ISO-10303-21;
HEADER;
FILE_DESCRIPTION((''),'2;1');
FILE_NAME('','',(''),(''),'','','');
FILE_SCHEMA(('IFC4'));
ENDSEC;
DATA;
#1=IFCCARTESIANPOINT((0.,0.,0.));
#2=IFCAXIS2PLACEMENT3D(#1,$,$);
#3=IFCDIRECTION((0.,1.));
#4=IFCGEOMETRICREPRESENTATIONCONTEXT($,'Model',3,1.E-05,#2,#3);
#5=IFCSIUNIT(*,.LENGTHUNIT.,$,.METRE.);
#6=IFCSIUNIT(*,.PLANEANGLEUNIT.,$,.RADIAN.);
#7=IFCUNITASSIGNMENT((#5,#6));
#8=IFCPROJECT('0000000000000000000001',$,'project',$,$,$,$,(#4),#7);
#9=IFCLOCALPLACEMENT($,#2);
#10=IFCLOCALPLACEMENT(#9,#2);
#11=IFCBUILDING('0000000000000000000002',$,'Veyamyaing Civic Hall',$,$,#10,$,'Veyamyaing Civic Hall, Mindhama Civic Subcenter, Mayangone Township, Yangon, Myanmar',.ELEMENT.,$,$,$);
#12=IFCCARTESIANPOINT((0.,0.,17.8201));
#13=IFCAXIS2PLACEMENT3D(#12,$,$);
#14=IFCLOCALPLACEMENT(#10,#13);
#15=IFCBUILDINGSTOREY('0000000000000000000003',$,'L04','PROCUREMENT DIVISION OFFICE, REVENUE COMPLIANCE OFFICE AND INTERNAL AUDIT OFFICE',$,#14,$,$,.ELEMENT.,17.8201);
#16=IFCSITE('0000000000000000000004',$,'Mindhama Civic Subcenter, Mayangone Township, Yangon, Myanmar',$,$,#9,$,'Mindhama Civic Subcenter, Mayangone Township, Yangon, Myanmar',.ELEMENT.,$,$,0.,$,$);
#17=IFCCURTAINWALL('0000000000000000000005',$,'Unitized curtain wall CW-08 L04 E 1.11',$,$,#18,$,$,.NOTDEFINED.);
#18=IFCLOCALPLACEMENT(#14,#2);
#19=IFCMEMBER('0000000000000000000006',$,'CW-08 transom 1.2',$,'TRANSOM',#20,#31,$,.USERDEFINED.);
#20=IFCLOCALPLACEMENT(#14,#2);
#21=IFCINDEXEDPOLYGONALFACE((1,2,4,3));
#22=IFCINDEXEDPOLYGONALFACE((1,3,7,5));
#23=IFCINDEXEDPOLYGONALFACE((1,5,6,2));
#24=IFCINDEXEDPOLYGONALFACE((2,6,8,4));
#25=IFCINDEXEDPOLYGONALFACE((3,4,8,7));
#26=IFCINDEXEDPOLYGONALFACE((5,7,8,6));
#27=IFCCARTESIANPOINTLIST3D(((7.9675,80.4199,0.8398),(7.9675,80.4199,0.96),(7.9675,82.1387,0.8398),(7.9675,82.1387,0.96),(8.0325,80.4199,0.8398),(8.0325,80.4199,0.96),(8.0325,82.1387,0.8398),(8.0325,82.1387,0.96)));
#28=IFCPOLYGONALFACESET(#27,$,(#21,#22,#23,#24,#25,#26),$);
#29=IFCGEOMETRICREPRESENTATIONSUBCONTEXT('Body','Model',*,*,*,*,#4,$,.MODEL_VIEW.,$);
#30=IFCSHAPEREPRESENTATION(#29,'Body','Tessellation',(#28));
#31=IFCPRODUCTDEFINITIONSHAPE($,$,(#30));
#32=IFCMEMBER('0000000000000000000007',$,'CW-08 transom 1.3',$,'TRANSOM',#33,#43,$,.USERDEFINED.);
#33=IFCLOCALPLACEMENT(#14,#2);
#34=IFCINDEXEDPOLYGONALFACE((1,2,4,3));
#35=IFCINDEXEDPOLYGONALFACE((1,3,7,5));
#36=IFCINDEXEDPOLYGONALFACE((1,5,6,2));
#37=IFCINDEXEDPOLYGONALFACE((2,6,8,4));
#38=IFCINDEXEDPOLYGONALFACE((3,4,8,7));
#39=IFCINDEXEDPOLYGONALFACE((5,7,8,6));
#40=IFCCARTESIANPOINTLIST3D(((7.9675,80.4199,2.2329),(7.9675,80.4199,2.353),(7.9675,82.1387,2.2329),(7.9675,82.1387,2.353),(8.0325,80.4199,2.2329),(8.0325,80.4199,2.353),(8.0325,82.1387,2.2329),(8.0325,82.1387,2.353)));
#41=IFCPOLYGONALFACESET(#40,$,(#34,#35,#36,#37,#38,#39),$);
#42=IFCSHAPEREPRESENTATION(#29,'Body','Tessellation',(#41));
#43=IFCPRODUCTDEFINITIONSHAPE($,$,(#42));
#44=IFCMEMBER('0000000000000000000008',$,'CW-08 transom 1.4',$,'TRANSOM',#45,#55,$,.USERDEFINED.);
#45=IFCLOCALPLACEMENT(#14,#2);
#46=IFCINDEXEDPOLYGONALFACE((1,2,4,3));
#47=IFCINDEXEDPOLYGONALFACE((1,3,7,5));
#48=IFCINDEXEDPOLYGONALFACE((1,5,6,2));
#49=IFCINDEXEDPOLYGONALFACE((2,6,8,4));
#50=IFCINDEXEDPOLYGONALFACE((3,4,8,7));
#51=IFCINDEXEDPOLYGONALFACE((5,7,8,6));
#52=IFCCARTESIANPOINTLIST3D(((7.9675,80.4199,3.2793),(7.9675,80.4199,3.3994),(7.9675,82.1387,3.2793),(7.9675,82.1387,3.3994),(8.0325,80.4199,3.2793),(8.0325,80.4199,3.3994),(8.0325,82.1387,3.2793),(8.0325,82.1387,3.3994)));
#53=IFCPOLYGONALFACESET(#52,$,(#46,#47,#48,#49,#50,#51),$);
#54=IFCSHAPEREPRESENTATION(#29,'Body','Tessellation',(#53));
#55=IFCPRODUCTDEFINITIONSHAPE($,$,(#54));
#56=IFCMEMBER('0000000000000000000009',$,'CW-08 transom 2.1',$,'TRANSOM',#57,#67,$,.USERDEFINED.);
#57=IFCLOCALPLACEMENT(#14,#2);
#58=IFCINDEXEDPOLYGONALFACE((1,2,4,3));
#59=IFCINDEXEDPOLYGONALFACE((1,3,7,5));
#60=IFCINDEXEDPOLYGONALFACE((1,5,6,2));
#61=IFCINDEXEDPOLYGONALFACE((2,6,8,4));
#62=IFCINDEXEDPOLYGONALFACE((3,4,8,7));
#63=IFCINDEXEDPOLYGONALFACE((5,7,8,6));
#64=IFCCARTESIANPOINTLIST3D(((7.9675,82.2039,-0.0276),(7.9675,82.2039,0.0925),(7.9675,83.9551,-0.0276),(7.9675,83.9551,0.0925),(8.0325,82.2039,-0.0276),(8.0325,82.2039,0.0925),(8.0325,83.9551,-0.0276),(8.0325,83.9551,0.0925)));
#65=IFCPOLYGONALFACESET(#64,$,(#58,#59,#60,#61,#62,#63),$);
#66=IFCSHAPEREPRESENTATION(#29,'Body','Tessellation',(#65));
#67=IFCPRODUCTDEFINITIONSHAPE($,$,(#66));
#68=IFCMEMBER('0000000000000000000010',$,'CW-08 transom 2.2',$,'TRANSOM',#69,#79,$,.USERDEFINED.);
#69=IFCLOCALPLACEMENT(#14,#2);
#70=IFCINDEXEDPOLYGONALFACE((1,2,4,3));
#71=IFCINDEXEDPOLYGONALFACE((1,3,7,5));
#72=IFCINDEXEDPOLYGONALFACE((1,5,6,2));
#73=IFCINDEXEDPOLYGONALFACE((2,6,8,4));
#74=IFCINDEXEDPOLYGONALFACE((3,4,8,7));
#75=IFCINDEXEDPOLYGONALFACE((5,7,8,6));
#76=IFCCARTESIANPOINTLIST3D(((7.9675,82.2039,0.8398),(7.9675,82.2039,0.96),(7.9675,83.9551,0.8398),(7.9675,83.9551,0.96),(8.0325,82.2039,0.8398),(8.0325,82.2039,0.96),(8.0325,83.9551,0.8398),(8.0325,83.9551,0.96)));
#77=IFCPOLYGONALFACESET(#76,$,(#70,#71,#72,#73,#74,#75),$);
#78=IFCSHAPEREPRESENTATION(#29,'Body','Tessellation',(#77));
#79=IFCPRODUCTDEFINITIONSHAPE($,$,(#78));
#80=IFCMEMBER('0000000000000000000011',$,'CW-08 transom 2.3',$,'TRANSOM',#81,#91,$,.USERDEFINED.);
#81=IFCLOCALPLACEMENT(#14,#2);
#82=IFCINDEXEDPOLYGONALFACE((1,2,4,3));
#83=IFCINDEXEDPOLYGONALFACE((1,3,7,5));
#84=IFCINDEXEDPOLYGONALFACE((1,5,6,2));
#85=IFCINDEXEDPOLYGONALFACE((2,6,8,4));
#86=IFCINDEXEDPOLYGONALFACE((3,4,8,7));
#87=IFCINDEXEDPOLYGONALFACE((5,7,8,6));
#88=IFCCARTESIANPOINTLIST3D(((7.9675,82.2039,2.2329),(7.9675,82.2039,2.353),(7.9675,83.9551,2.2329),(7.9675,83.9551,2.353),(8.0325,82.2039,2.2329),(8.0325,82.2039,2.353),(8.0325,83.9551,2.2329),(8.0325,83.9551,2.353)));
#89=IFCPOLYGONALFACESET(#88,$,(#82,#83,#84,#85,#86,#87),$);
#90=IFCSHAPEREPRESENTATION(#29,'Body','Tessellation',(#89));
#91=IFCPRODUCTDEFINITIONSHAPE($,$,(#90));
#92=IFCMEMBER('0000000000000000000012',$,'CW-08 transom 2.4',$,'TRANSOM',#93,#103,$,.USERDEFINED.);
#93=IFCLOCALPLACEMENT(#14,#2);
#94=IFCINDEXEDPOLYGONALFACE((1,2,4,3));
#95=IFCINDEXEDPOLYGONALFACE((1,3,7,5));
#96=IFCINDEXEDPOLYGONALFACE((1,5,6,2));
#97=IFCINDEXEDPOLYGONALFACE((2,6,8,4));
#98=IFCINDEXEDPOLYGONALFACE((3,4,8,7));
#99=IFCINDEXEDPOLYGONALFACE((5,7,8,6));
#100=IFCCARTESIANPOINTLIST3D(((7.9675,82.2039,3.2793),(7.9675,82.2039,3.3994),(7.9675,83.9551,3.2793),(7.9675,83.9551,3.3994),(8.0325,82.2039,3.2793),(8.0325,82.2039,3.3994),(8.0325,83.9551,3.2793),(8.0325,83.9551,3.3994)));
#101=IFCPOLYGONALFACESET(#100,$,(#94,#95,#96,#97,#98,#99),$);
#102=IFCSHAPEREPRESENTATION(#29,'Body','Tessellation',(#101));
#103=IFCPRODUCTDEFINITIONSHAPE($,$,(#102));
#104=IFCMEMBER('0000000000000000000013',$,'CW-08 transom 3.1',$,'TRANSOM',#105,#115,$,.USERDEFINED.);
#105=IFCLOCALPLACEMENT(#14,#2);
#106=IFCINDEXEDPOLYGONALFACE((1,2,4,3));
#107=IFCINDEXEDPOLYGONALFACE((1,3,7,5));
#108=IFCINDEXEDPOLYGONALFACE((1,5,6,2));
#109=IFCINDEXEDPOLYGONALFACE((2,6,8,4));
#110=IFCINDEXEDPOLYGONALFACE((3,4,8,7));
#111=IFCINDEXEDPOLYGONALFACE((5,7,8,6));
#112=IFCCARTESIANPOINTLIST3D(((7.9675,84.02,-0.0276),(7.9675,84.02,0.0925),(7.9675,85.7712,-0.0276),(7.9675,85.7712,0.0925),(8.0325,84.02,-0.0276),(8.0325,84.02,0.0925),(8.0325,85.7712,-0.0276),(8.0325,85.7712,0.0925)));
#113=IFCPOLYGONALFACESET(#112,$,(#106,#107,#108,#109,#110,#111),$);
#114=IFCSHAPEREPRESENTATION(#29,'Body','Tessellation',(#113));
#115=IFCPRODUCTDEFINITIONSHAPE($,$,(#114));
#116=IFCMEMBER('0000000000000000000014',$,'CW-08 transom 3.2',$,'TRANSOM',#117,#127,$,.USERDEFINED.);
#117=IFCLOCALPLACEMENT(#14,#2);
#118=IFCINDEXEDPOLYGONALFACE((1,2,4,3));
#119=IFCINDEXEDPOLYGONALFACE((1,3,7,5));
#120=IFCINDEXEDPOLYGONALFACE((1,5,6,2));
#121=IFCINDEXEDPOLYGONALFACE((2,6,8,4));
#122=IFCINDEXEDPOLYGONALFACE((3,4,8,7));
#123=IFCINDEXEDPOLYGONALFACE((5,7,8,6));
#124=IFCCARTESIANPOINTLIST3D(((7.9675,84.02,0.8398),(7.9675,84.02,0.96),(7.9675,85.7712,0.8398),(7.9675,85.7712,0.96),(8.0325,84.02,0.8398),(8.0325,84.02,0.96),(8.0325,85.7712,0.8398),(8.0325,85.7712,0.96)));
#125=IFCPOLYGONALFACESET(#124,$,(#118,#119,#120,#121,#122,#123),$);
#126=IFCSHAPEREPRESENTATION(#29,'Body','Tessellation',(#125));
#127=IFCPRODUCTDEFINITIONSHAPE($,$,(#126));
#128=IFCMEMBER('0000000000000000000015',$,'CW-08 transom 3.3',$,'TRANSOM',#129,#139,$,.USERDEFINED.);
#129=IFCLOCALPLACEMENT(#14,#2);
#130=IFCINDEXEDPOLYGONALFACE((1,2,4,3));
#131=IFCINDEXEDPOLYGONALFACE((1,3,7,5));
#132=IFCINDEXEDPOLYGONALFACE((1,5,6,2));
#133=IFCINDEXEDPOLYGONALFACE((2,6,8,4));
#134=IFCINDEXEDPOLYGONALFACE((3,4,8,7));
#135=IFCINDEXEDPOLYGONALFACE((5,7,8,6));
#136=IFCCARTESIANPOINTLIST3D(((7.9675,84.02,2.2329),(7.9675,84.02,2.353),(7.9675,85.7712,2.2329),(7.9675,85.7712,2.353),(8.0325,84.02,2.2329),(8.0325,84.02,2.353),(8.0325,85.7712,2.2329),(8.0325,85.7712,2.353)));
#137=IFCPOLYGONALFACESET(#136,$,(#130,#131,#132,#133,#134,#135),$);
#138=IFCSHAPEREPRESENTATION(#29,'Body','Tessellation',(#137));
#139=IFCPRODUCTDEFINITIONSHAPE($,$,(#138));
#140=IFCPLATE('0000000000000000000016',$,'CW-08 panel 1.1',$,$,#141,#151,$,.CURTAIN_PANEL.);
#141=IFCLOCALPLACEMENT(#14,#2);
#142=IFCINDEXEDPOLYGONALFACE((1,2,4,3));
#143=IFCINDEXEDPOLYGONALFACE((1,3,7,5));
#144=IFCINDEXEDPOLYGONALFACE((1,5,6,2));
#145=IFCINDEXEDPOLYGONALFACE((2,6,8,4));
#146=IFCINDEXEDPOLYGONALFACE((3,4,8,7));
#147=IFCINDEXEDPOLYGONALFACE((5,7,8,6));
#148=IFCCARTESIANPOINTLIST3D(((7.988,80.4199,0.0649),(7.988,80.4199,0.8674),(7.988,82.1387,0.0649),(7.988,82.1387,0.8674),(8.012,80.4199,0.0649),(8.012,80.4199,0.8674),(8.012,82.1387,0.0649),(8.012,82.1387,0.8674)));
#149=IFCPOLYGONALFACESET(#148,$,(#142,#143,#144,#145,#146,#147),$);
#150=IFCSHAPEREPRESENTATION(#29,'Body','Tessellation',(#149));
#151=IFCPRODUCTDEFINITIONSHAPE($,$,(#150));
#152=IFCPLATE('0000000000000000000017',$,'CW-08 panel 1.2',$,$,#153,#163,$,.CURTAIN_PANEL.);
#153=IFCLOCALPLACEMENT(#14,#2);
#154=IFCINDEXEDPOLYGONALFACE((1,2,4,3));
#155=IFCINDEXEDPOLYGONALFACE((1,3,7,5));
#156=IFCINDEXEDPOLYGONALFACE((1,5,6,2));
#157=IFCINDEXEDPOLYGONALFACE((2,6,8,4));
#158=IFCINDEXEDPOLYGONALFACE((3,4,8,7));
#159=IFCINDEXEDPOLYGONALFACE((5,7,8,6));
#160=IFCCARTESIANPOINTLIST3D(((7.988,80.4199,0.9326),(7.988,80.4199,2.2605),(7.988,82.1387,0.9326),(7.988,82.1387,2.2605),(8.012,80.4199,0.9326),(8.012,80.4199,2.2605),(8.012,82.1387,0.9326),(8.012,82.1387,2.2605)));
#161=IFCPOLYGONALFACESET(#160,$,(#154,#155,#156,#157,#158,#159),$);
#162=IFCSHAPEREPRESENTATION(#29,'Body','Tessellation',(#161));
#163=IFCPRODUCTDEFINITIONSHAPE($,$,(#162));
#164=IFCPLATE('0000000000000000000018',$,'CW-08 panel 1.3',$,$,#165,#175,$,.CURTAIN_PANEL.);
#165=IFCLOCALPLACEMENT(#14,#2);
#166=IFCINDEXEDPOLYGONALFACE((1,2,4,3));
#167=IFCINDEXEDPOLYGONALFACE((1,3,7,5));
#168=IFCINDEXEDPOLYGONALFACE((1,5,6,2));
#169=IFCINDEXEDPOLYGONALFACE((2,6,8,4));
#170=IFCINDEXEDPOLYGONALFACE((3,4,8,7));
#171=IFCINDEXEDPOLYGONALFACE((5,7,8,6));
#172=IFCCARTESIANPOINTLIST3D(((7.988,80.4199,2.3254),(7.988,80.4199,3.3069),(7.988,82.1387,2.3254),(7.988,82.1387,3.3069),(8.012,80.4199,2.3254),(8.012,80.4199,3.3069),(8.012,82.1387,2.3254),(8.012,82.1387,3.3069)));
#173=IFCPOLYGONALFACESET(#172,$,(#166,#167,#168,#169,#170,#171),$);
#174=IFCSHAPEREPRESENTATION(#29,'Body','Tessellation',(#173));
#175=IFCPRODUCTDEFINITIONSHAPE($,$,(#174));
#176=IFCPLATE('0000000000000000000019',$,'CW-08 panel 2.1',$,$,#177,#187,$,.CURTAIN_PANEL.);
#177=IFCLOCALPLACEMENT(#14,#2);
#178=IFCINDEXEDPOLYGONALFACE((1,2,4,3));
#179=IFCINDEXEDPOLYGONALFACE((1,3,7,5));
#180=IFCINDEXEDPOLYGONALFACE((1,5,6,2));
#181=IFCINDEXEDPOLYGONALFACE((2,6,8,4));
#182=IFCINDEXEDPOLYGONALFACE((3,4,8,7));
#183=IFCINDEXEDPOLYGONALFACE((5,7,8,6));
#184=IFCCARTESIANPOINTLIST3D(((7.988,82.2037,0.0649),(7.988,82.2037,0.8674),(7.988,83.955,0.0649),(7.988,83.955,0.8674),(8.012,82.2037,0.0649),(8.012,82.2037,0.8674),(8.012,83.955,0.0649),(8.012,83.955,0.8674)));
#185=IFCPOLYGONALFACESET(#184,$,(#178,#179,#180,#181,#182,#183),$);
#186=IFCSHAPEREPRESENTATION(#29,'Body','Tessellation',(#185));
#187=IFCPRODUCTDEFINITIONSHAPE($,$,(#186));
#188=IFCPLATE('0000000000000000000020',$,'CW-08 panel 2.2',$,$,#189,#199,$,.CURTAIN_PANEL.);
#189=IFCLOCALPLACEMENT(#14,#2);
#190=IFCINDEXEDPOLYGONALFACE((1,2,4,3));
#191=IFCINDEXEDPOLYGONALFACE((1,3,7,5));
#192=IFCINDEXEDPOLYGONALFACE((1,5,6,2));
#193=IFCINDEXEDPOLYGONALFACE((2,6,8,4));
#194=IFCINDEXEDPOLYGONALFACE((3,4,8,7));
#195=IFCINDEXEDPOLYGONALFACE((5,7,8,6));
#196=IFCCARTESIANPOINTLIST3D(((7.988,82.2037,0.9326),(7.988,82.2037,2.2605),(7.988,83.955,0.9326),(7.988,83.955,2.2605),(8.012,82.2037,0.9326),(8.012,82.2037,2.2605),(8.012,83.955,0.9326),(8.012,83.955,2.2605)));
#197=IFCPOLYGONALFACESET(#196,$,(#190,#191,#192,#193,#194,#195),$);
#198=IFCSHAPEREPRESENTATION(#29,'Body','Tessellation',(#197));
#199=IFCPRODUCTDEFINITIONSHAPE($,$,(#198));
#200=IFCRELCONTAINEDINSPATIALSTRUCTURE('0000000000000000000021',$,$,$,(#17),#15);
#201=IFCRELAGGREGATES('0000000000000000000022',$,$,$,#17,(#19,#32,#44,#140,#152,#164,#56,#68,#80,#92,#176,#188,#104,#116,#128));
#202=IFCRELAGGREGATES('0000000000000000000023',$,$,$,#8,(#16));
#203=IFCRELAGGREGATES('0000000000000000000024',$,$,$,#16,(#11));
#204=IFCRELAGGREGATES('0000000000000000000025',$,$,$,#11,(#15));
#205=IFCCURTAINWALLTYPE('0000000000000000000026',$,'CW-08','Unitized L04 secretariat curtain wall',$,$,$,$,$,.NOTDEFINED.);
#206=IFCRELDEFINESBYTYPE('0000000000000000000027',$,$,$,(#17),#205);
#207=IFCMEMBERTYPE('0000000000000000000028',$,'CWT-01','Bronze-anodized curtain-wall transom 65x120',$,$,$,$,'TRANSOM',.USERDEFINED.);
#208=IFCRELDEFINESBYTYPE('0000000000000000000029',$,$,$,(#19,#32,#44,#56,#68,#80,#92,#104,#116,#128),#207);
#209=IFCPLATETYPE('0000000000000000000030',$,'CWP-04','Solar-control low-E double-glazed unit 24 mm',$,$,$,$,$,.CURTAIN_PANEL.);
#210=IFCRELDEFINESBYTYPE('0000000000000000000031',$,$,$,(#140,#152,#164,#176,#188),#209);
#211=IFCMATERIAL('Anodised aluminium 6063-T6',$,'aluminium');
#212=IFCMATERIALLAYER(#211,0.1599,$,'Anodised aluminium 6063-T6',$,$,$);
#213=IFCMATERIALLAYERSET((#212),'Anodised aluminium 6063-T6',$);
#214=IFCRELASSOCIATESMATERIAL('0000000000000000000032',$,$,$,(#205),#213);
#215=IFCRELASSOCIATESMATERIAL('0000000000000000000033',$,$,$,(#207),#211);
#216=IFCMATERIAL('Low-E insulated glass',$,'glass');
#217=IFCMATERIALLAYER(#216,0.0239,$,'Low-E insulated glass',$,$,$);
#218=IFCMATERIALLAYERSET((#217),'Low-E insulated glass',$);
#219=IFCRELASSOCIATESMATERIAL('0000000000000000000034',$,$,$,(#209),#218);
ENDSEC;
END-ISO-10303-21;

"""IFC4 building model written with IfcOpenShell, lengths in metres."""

from ifc_helpers import new_model, si_unit, direction, frame, origin, origin_2d, place, context, subcontext, project, spatial, rectangle, extrude, material, layer, layer_set, material_profile, profile_set, type_object, element, aggregate, save


model = new_model("IFC4")

# Units and contexts
model_context = context("Model", 3, precision=1e-05, world=origin(), true_north=direction((0.0, 1.0)))
body_context = subcontext(model_context, "Body", "Model", "MODEL_VIEW")
ifc_project = project(units=[si_unit("LENGTHUNIT", "METRE"), si_unit("PLANEANGLEUNIT", "RADIAN")], contexts=[model_context])

# Site, building, storey
site_placement = place(None, origin())
site = spatial("IfcSite", under=ifc_project, at=site_placement, Name="Mindhama Civic Subcenter, Mayangone Township, Yangon, Myanmar", LongName="Mindhama Civic Subcenter, Mayangone Township, Yangon, Myanmar", CompositionType="ELEMENT", RefElevation=0.0)
building_placement = place(site_placement, origin())
building = spatial("IfcBuilding", under=site, at=building_placement, Name="Veyamyaing Civic Hall", LongName="Veyamyaing Civic Hall, Mindhama Civic Subcenter, Mayangone Township, Yangon, Myanmar", CompositionType="ELEMENT")
storey_placement = place(building_placement, frame((0.0, 0.0, 17.8201)))
storey = spatial("IfcBuildingStorey", under=building, at=storey_placement, Name="L04", Description="PROCUREMENT DIVISION OFFICE, REVENUE COMPLIANCE OFFICE AND INTERNAL AUDIT OFFICE", CompositionType="ELEMENT", Elevation=17.8201)

# Curtain wall, members, plates
ifc_material_1 = material(Name="Anodised aluminium 6063-T6", Category="aluminium")
ifc_layer_1 = layer(ifc_material_1, 0.1599, Name="Anodised aluminium 6063-T6")
ifc_layer_set_1 = layer_set([ifc_layer_1], Name="Anodised aluminium 6063-T6")
curtain_wall_type = type_object("IfcCurtainWallType", Name="CW-08", Description="Unitized L04 secretariat curtain wall", PredefinedType="NOTDEFINED", material=ifc_layer_set_1)
curtain_wall_placement = place(storey_placement, origin())
curtain_wall = element("IfcCurtainWall", 1, at=curtain_wall_placement, inside=storey, type_object=curtain_wall_type, Name="Unitized curtain wall CW-08 L04 E 1.11", PredefinedType="NOTDEFINED")
ifc_material_profile_1 = material_profile(ifc_material_1, rectangle(XDim=0.0649, YDim=0.1201, at=origin_2d()), Name="ALU-TRN-65X120")
ifc_profile_set_1 = profile_set([ifc_material_profile_1], Name="Anodised aluminium 6063-T6")
member_type_1 = type_object("IfcMemberType", Name="CWT-01", Description="Bronze-anodized curtain-wall transom 65x120", ElementType="TRANSOM", PredefinedType="USERDEFINED", material=ifc_profile_set_1)
member_1_placement = place(storey_placement, frame((8.0, 80.4199, 0.8999), z_axis=(0.0, 1.0, 0.0), x_axis=(-1.0, 0.0, 0.0)))
member_1 = element("IfcMember", 2, at=member_1_placement, type_object=member_type_1, Name="CW-08 transom 1.2", ObjectType="TRANSOM", PredefinedType="USERDEFINED", context=body_context, shape_type="SweptSolid", body=[
    extrude(rectangle(XDim=0.0649, YDim=0.1201, at=origin_2d()), origin(), (0.0, 0.0, 1.0), 1.7188),
])
member_2_placement = place(storey_placement, frame((8.0, 80.4199, 2.293), z_axis=(0.0, 1.0, 0.0), x_axis=(-1.0, 0.0, 0.0)))
member_2 = element("IfcMember", 3, at=member_2_placement, type_object=member_type_1, Name="CW-08 transom 1.3", ObjectType="TRANSOM", PredefinedType="USERDEFINED", context=body_context, shape_type="SweptSolid", body=[
    extrude(rectangle(XDim=0.0649, YDim=0.1201, at=origin_2d()), origin(), (0.0, 0.0, 1.0), 1.7188),
])
member_3_placement = place(storey_placement, frame((8.0, 80.4199, 3.3394), z_axis=(0.0, 1.0, 0.0), x_axis=(-1.0, 0.0, 0.0)))
member_3 = element("IfcMember", 4, at=member_3_placement, type_object=member_type_1, Name="CW-08 transom 1.4", ObjectType="TRANSOM", PredefinedType="USERDEFINED", context=body_context, shape_type="SweptSolid", body=[
    extrude(rectangle(XDim=0.0649, YDim=0.1201, at=origin_2d()), origin(), (0.0, 0.0, 1.0), 1.7188),
])
member_4_placement = place(storey_placement, frame((8.0, 82.2039, 0.0325), z_axis=(0.0, 1.0, 0.0), x_axis=(-1.0, 0.0, 0.0)))
member_4 = element("IfcMember", 5, at=member_4_placement, type_object=member_type_1, Name="CW-08 transom 2.1", ObjectType="TRANSOM", PredefinedType="USERDEFINED", context=body_context, shape_type="SweptSolid", body=[
    extrude(rectangle(XDim=0.0649, YDim=0.1201, at=origin_2d()), origin(), (0.0, 0.0, 1.0), 1.7512),
])
member_5_placement = place(storey_placement, frame((8.0, 82.2039, 0.8999), z_axis=(0.0, 1.0, 0.0), x_axis=(-1.0, 0.0, 0.0)))
member_5 = element("IfcMember", 6, at=member_5_placement, type_object=member_type_1, Name="CW-08 transom 2.2", ObjectType="TRANSOM", PredefinedType="USERDEFINED", context=body_context, shape_type="SweptSolid", body=[
    extrude(rectangle(XDim=0.0649, YDim=0.1201, at=origin_2d()), origin(), (0.0, 0.0, 1.0), 1.7512),
])
member_6_placement = place(storey_placement, frame((8.0, 82.2039, 2.293), z_axis=(0.0, 1.0, 0.0), x_axis=(-1.0, 0.0, 0.0)))
member_6 = element("IfcMember", 7, at=member_6_placement, type_object=member_type_1, Name="CW-08 transom 2.3", ObjectType="TRANSOM", PredefinedType="USERDEFINED", context=body_context, shape_type="SweptSolid", body=[
    extrude(rectangle(XDim=0.0649, YDim=0.1201, at=origin_2d()), origin(), (0.0, 0.0, 1.0), 1.7512),
])
member_7_placement = place(storey_placement, frame((8.0, 82.2039, 3.3394), z_axis=(0.0, 1.0, 0.0), x_axis=(-1.0, 0.0, 0.0)))
member_7 = element("IfcMember", 8, at=member_7_placement, type_object=member_type_1, Name="CW-08 transom 2.4", ObjectType="TRANSOM", PredefinedType="USERDEFINED", context=body_context, shape_type="SweptSolid", body=[
    extrude(rectangle(XDim=0.0649, YDim=0.1201, at=origin_2d()), origin(), (0.0, 0.0, 1.0), 1.7512),
])
member_8_placement = place(storey_placement, frame((8.0, 84.02, 0.0325), z_axis=(0.0, 1.0, 0.0), x_axis=(-1.0, 0.0, 0.0)))
member_8 = element("IfcMember", 9, at=member_8_placement, type_object=member_type_1, Name="CW-08 transom 3.1", ObjectType="TRANSOM", PredefinedType="USERDEFINED", context=body_context, shape_type="SweptSolid", body=[
    extrude(rectangle(XDim=0.0649, YDim=0.1201, at=origin_2d()), origin(), (0.0, 0.0, 1.0), 1.7512),
])
member_9_placement = place(storey_placement, frame((8.0, 84.02, 0.8999), z_axis=(0.0, 1.0, 0.0), x_axis=(-1.0, 0.0, 0.0)))
member_9 = element("IfcMember", 10, at=member_9_placement, type_object=member_type_1, Name="CW-08 transom 3.2", ObjectType="TRANSOM", PredefinedType="USERDEFINED", context=body_context, shape_type="SweptSolid", body=[
    extrude(rectangle(XDim=0.0649, YDim=0.1201, at=origin_2d()), origin(), (0.0, 0.0, 1.0), 1.7512),
])
member_10_placement = place(storey_placement, frame((8.0, 84.02, 2.293), z_axis=(0.0, 1.0, 0.0), x_axis=(-1.0, 0.0, 0.0)))
member_10 = element("IfcMember", 11, at=member_10_placement, type_object=member_type_1, Name="CW-08 transom 3.3", ObjectType="TRANSOM", PredefinedType="USERDEFINED", context=body_context, shape_type="SweptSolid", body=[
    extrude(rectangle(XDim=0.0649, YDim=0.1201, at=origin_2d()), origin(), (0.0, 0.0, 1.0), 1.7512),
])
ifc_material_2 = material(Name="Low-E insulated glass", Category="glass")
ifc_layer_2 = layer(ifc_material_2, 0.0239, Name="Low-E insulated glass")
ifc_layer_set_2 = layer_set([ifc_layer_2], Name="Low-E insulated glass")
plate_type = type_object("IfcPlateType", Name="CWP-04", Description="Solar-control low-E double-glazed unit 24 mm", PredefinedType="CURTAIN_PANEL", material=ifc_layer_set_2)
plate_1_placement = place(storey_placement, frame((8.0, 81.2793, 0.0649), z_axis=(0.0, 0.0, 1.0), x_axis=(0.0, 1.0, 0.0)))
plate_1 = element("IfcPlate", 12, at=plate_1_placement, type_object=plate_type, Name="CW-08 panel 1.1", PredefinedType="CURTAIN_PANEL", context=body_context, shape_type="SweptSolid", body=[
    extrude(rectangle(XDim=1.7188, YDim=0.0239, at=origin_2d()), origin(), (0.0, 0.0, 1.0), 0.8025),
])
plate_2_placement = place(storey_placement, frame((8.0, 81.2793, 0.9326), z_axis=(0.0, 0.0, 1.0), x_axis=(0.0, 1.0, 0.0)))
plate_2 = element("IfcPlate", 13, at=plate_2_placement, type_object=plate_type, Name="CW-08 panel 1.2", PredefinedType="CURTAIN_PANEL", context=body_context, shape_type="SweptSolid", body=[
    extrude(rectangle(XDim=1.7188, YDim=0.0239, at=origin_2d()), origin(), (0.0, 0.0, 1.0), 1.3279),
])
plate_3_placement = place(storey_placement, frame((8.0, 81.2793, 2.3254), z_axis=(0.0, 0.0, 1.0), x_axis=(0.0, 1.0, 0.0)))
plate_3 = element("IfcPlate", 14, at=plate_3_placement, type_object=plate_type, Name="CW-08 panel 1.3", PredefinedType="CURTAIN_PANEL", context=body_context, shape_type="SweptSolid", body=[
    extrude(rectangle(XDim=1.7188, YDim=0.0239, at=origin_2d()), origin(), (0.0, 0.0, 1.0), 0.9814),
])
plate_4_placement = place(storey_placement, frame((8.0, 83.0793, 0.0649), z_axis=(0.0, 0.0, 1.0), x_axis=(0.0, 1.0, 0.0)))
plate_4 = element("IfcPlate", 15, at=plate_4_placement, type_object=plate_type, Name="CW-08 panel 2.1", PredefinedType="CURTAIN_PANEL", context=body_context, shape_type="SweptSolid", body=[
    extrude(rectangle(XDim=1.7512, YDim=0.0239, at=origin_2d()), origin(), (0.0, 0.0, 1.0), 0.8025),
])
plate_5_placement = place(storey_placement, frame((8.0, 83.0793, 0.9326), z_axis=(0.0, 0.0, 1.0), x_axis=(0.0, 1.0, 0.0)))
plate_5 = element("IfcPlate", 16, at=plate_5_placement, type_object=plate_type, Name="CW-08 panel 2.2", PredefinedType="CURTAIN_PANEL", context=body_context, shape_type="SweptSolid", body=[
    extrude(rectangle(XDim=1.7512, YDim=0.0239, at=origin_2d()), origin(), (0.0, 0.0, 1.0), 1.3279),
])
aggregate(curtain_wall, [member_1, member_2, member_3, plate_1, plate_2, plate_3, member_4, member_5, member_6, member_7, plate_4, plate_5, member_8, member_9, member_10])

save(model, "model.ifc")
